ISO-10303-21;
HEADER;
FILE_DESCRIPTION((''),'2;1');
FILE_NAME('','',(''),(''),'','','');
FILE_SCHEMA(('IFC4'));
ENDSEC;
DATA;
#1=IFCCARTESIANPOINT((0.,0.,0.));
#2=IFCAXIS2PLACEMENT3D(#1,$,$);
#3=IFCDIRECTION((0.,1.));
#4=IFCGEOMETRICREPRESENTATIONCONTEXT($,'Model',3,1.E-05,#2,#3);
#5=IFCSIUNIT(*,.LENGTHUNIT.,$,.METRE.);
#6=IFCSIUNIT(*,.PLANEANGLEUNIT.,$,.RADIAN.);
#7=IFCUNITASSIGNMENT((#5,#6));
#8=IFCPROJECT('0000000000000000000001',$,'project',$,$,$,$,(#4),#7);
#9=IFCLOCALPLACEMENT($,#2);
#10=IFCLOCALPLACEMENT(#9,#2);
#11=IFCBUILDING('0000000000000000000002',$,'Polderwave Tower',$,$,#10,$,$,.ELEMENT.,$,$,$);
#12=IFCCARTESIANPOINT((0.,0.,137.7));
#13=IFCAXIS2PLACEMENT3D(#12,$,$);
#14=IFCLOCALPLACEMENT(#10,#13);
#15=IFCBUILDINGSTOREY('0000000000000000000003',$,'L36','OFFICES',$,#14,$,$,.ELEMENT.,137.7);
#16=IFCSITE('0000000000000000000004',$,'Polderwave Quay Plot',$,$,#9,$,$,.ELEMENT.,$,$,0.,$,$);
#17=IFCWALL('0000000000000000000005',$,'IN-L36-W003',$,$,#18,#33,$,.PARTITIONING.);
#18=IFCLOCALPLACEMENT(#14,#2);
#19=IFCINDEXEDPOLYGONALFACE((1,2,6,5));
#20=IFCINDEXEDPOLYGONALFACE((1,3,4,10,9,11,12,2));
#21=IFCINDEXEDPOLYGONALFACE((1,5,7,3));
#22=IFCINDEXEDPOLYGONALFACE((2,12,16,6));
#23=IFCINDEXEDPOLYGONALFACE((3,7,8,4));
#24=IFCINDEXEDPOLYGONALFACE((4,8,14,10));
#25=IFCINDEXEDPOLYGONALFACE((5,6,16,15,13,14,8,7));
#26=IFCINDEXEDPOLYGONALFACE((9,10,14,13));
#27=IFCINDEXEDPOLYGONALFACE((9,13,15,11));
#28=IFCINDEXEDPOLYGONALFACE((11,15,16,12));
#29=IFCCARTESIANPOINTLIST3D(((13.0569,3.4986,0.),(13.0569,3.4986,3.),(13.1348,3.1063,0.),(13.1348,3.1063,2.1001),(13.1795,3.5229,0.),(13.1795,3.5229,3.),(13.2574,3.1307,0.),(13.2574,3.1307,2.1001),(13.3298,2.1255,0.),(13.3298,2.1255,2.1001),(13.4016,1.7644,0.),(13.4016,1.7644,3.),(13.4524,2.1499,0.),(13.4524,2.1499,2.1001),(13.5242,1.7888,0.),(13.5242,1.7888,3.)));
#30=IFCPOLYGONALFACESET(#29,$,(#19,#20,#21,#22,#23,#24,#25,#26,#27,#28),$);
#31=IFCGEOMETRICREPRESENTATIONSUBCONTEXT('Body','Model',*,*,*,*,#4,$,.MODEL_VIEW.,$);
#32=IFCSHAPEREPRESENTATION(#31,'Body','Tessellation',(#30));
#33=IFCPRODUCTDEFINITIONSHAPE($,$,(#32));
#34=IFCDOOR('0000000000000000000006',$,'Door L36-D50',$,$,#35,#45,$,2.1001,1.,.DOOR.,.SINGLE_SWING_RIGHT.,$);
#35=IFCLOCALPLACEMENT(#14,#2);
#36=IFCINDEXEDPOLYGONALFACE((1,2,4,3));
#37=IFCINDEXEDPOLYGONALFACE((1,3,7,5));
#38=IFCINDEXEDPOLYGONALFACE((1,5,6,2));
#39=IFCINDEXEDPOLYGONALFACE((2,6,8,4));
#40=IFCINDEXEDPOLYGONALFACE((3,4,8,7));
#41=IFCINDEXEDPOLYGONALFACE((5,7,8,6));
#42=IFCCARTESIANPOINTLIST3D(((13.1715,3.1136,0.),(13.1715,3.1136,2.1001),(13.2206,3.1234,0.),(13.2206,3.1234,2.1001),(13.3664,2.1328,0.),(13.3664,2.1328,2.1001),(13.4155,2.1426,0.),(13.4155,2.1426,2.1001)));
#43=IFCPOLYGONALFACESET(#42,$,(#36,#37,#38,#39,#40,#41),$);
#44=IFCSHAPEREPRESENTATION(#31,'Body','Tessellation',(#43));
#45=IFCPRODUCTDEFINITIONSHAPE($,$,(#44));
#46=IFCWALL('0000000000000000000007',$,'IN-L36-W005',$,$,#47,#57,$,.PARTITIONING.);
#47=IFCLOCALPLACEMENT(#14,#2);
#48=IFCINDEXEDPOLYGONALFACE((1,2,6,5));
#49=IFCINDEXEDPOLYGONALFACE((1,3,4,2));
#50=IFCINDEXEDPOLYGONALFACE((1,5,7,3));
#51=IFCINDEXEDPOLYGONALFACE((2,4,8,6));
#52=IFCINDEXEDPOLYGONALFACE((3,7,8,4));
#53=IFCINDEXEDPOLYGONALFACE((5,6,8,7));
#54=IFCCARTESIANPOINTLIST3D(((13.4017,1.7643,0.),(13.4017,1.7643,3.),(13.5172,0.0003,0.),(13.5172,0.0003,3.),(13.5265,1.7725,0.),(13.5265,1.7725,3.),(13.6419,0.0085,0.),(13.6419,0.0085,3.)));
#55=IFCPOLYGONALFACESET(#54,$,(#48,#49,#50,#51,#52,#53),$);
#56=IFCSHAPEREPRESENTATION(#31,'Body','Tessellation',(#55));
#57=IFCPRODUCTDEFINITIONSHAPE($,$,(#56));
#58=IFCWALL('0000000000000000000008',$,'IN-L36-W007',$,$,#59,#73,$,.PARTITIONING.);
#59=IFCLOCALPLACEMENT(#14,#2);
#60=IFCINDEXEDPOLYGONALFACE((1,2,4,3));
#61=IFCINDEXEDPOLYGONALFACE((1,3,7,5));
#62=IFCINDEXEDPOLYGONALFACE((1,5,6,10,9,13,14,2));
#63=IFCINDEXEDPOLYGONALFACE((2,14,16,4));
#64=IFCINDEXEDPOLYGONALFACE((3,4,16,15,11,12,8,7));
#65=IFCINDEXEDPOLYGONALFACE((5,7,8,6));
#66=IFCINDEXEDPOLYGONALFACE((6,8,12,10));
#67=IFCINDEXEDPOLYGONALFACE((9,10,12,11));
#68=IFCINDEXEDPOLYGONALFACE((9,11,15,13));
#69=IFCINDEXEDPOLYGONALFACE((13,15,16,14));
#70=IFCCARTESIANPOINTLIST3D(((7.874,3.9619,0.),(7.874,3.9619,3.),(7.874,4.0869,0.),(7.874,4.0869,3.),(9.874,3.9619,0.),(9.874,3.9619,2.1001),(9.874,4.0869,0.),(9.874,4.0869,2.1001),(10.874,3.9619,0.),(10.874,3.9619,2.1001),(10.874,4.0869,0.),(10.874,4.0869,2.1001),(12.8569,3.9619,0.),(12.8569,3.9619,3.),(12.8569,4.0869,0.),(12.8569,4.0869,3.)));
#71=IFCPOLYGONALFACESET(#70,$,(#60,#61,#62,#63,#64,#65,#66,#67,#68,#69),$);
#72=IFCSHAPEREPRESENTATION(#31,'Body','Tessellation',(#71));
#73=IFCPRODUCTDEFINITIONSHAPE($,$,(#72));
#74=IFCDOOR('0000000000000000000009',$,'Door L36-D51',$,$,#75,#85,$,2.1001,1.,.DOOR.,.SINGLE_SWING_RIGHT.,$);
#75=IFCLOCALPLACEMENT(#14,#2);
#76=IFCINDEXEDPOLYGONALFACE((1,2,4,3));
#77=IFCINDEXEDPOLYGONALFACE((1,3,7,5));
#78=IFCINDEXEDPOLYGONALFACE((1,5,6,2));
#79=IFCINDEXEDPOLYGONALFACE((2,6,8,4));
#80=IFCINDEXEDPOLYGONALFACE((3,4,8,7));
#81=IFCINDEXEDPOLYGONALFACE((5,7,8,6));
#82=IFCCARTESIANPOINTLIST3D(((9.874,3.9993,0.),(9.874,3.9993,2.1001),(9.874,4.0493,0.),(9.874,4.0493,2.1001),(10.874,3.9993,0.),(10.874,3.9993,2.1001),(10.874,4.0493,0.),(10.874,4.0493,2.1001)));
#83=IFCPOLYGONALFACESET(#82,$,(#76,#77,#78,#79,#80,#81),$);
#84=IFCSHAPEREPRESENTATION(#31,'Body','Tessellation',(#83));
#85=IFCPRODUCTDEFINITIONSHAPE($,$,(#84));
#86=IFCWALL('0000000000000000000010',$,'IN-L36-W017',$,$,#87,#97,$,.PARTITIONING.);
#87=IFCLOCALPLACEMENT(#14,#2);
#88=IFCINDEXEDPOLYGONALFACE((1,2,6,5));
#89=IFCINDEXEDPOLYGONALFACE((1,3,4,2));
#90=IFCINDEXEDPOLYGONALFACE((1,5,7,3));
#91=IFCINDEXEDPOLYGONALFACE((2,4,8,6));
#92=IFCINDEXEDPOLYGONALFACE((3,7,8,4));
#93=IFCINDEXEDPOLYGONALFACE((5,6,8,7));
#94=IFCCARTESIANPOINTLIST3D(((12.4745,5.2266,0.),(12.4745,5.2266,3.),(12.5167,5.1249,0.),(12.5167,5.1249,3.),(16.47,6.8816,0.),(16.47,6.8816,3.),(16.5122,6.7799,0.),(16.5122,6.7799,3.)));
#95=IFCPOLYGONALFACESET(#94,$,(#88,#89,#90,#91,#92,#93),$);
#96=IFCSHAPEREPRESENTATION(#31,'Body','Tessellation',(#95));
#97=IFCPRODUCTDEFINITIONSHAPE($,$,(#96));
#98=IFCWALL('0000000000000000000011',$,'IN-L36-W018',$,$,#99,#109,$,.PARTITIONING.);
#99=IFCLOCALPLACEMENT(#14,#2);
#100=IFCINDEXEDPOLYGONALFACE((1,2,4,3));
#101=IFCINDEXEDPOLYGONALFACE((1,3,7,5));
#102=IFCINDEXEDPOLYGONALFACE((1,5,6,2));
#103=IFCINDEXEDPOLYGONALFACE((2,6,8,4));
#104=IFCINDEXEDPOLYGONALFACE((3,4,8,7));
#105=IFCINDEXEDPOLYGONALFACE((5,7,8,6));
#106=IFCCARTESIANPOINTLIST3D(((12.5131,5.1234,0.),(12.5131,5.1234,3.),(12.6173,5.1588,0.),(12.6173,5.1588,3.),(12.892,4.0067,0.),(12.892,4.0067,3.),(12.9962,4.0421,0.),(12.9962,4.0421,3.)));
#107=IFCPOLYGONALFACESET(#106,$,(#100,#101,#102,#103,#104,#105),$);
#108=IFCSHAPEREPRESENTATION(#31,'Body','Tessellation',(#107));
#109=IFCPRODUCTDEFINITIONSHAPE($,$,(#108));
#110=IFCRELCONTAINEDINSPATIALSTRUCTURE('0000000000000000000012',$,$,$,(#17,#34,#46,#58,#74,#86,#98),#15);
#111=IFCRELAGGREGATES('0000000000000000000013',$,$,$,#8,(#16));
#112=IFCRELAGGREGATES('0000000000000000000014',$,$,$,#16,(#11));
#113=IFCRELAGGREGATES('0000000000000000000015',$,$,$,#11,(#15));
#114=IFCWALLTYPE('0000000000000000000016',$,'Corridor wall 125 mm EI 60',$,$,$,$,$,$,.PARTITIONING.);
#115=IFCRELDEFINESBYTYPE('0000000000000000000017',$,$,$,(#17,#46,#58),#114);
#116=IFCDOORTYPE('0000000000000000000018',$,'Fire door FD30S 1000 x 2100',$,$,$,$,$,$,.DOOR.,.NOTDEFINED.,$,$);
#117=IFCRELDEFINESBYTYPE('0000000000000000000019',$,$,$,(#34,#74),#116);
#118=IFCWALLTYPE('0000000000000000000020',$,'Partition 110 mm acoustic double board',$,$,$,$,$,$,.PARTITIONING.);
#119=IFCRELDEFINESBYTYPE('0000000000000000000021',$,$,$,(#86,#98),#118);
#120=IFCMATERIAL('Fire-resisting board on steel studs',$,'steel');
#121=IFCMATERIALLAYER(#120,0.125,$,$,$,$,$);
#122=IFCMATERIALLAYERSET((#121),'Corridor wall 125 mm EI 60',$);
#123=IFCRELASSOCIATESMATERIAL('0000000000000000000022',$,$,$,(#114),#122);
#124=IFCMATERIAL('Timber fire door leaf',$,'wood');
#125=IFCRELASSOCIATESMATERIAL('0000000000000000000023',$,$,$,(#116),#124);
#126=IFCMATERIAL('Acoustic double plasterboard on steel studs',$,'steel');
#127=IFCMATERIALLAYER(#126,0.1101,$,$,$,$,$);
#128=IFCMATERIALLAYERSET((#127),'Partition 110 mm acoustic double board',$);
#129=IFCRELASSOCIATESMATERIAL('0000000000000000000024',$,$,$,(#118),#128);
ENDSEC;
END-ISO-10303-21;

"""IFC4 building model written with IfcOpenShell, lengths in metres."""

from ifc_helpers import new_model, si_unit, direction, frame, frame_2d, origin, place, context, subcontext, project, spatial, rectangle, extrude, material, layer, layer_set, type_object, element, fill, save


model = new_model("IFC4")

# Units and contexts
model_context = context("Model", 3, precision=1e-05, world=origin(), true_north=direction((0.0, 1.0)))
body_context = subcontext(model_context, "Body", "Model", "MODEL_VIEW")
ifc_project = project(units=[si_unit("LENGTHUNIT", "METRE"), si_unit("PLANEANGLEUNIT", "RADIAN")], contexts=[model_context])

# Site, building, storey
site_placement = place(None, origin())
site = spatial("IfcSite", under=ifc_project, at=site_placement, Name="Polderwave Quay Plot", CompositionType="ELEMENT", RefElevation=0.0)
building_placement = place(site_placement, origin())
building = spatial("IfcBuilding", under=site, at=building_placement, Name="Polderwave Tower", CompositionType="ELEMENT")
storey_placement = place(building_placement, frame((0.0, 0.0, 137.7)))
storey = spatial("IfcBuildingStorey", under=building, at=storey_placement, Name="L36", Description="OFFICES", CompositionType="ELEMENT", Elevation=137.7)

# Shared definitions
ifc_material_1 = material(Name="Fire-resisting board on steel studs", Category="steel")
ifc_layer_1 = layer(ifc_material_1, 0.125)
ifc_layer_set_1 = layer_set([ifc_layer_1], Name="Corridor wall 125 mm EI 60")
wall_type_1 = type_object("IfcWallType", Name="Corridor wall 125 mm EI 60", PredefinedType="PARTITIONING", material=ifc_layer_set_1)

# Wall, opening, door
wall_1_placement = place(storey_placement, frame((13.1182, 3.5107, 0.0), z_axis=(0.0, 0.0, 1.0), x_axis=(0.194974, -0.980808, 0.0)))
wall_1 = element("IfcWall", 1, at=wall_1_placement, inside=storey, type_object=wall_type_1, Name="IN-L36-W003", PredefinedType="PARTITIONING", context=body_context, shape_type="SweptSolid", body=[
    extrude(rectangle(XDim=1.7681, YDim=0.125, at=frame_2d((0.884, 0.0))), origin(), (0.0, 0.0, 1.0), 3.0),
])
opening_1_placement = place(wall_1_placement, frame((0.3999, 0.0, 0.0)))
opening_1 = element("IfcOpeningElement", 2, at=opening_1_placement, cuts=wall_1, PredefinedType="OPENING", context=body_context, shape_type="SweptSolid", body=[
    extrude(rectangle(XDim=1.0, YDim=2.1001, at=frame_2d((0.5, 1.05))), frame((0.0, 0.0725, 0.0), z_axis=(0.0, -1.0, 0.0), x_axis=(1.0, 0.0, 0.0)), (0.0, 0.0, 1.0), 0.145),
])
ifc_material_2 = material(Name="Timber fire door leaf", Category="wood")
door_type = type_object("IfcDoorType", Name="Fire door FD30S 1000 x 2100", OperationType="NOTDEFINED", PredefinedType="DOOR", material=ifc_material_2)
door_1_placement = place(opening_1_placement, origin())
door_1 = element("IfcDoor", 3, at=door_1_placement, inside=storey, type_object=door_type, Name="Door L36-D50", OperationType="SINGLE_SWING_RIGHT", OverallHeight=2.1001, OverallWidth=1.0, PredefinedType="DOOR", context=body_context, shape_type="SweptSolid", body=[
    extrude(rectangle(XDim=1.0, YDim=2.1001, at=frame_2d((0.5, 1.05))), frame((0.0, 0.0249, 0.0), z_axis=(0.0, -1.0, 0.0), x_axis=(1.0, 0.0, 0.0)), (0.0, 0.0, 1.0), 0.05),
])
fill(opening_1, door_1)

# Wall
wall_2_placement = place(storey_placement, frame((13.4641, 1.7683, 0.0), z_axis=(0.0, 0.0, 1.0), x_axis=(0.065318, -0.997864, 0.0)))
element("IfcWall", 4, at=wall_2_placement, inside=storey, type_object=wall_type_1, Name="IN-L36-W005", PredefinedType="PARTITIONING", context=body_context, shape_type="SweptSolid", body=[
    extrude(rectangle(XDim=1.7678, YDim=0.125, at=frame_2d((0.8838, 0.0))), origin(), (0.0, 0.0, 1.0), 3.0),
])

# Wall, opening, door
wall_3_placement = place(storey_placement, frame((7.874, 4.0244, 0.0), z_axis=(0.0, 0.0, 1.0), x_axis=(1.0, 0.0, 0.0)))
wall_3 = element("IfcWall", 5, at=wall_3_placement, inside=storey, type_object=wall_type_1, Name="IN-L36-W007", PredefinedType="PARTITIONING", context=body_context, shape_type="SweptSolid", body=[
    extrude(rectangle(XDim=4.9829, YDim=0.125, at=frame_2d((2.4915, 0.0))), origin(), (0.0, 0.0, 1.0), 3.0),
])
opening_2_placement = place(wall_3_placement, frame((2.0, 0.0, 0.0)))
opening_2 = element("IfcOpeningElement", 6, at=opening_2_placement, cuts=wall_3, PredefinedType="OPENING", context=body_context, shape_type="SweptSolid", body=[
    extrude(rectangle(XDim=1.0, YDim=2.1001, at=frame_2d((0.5, 1.05))), frame((0.0, 0.0725, 0.0), z_axis=(0.0, -1.0, 0.0), x_axis=(1.0, 0.0, 0.0)), (0.0, 0.0, 1.0), 0.145),
])
door_2_placement = place(opening_2_placement, origin())
door_2 = element("IfcDoor", 7, at=door_2_placement, inside=storey, type_object=door_type, Name="Door L36-D51", OperationType="SINGLE_SWING_RIGHT", OverallHeight=2.1001, OverallWidth=1.0, PredefinedType="DOOR", context=body_context, shape_type="SweptSolid", body=[
    extrude(rectangle(XDim=1.0, YDim=2.1001, at=frame_2d((0.5, 1.05))), frame((0.0, 0.0249, 0.0), z_axis=(0.0, -1.0, 0.0), x_axis=(1.0, 0.0, 0.0)), (0.0, 0.0, 1.0), 0.05),
])
fill(opening_2, door_2)

# Walls
ifc_material_3 = material(Name="Acoustic double plasterboard on steel studs", Category="steel")
ifc_layer_2 = layer(ifc_material_3, 0.1101)
ifc_layer_set_2 = layer_set([ifc_layer_2], Name="Partition 110 mm acoustic double board")
wall_type_2 = type_object("IfcWallType", Name="Partition 110 mm acoustic double board", PredefinedType="PARTITIONING", material=ifc_layer_set_2)
wall_4_placement = place(storey_placement, frame((12.4956, 5.1758, 0.0), z_axis=(0.0, 0.0, 1.0), x_axis=(0.92388, 0.382683, 0.0)))
element("IfcWall", 8, at=wall_4_placement, inside=storey, type_object=wall_type_2, Name="IN-L36-W017", PredefinedType="PARTITIONING", context=body_context, shape_type="SweptSolid", body=[
    extrude(rectangle(XDim=4.3247, YDim=0.1101, at=frame_2d((2.1624, 0.0))), origin(), (0.0, 0.0, 1.0), 3.0),
])
wall_5_placement = place(storey_placement, frame((12.9441, 4.0244, 0.0), z_axis=(0.0, 0.0, 1.0), x_axis=(-0.321316, 0.946972, 0.0)))
element("IfcWall", 9, at=wall_5_placement, inside=storey, type_object=wall_type_2, Name="IN-L36-W018", PredefinedType="PARTITIONING", context=body_context, shape_type="SweptSolid", body=[
    extrude(rectangle(XDim=1.1792, YDim=0.1101, at=frame_2d((0.5896, 0.0))), origin(), (0.0, 0.0, 1.0), 3.0),
])

save(model, "model.ifc")
